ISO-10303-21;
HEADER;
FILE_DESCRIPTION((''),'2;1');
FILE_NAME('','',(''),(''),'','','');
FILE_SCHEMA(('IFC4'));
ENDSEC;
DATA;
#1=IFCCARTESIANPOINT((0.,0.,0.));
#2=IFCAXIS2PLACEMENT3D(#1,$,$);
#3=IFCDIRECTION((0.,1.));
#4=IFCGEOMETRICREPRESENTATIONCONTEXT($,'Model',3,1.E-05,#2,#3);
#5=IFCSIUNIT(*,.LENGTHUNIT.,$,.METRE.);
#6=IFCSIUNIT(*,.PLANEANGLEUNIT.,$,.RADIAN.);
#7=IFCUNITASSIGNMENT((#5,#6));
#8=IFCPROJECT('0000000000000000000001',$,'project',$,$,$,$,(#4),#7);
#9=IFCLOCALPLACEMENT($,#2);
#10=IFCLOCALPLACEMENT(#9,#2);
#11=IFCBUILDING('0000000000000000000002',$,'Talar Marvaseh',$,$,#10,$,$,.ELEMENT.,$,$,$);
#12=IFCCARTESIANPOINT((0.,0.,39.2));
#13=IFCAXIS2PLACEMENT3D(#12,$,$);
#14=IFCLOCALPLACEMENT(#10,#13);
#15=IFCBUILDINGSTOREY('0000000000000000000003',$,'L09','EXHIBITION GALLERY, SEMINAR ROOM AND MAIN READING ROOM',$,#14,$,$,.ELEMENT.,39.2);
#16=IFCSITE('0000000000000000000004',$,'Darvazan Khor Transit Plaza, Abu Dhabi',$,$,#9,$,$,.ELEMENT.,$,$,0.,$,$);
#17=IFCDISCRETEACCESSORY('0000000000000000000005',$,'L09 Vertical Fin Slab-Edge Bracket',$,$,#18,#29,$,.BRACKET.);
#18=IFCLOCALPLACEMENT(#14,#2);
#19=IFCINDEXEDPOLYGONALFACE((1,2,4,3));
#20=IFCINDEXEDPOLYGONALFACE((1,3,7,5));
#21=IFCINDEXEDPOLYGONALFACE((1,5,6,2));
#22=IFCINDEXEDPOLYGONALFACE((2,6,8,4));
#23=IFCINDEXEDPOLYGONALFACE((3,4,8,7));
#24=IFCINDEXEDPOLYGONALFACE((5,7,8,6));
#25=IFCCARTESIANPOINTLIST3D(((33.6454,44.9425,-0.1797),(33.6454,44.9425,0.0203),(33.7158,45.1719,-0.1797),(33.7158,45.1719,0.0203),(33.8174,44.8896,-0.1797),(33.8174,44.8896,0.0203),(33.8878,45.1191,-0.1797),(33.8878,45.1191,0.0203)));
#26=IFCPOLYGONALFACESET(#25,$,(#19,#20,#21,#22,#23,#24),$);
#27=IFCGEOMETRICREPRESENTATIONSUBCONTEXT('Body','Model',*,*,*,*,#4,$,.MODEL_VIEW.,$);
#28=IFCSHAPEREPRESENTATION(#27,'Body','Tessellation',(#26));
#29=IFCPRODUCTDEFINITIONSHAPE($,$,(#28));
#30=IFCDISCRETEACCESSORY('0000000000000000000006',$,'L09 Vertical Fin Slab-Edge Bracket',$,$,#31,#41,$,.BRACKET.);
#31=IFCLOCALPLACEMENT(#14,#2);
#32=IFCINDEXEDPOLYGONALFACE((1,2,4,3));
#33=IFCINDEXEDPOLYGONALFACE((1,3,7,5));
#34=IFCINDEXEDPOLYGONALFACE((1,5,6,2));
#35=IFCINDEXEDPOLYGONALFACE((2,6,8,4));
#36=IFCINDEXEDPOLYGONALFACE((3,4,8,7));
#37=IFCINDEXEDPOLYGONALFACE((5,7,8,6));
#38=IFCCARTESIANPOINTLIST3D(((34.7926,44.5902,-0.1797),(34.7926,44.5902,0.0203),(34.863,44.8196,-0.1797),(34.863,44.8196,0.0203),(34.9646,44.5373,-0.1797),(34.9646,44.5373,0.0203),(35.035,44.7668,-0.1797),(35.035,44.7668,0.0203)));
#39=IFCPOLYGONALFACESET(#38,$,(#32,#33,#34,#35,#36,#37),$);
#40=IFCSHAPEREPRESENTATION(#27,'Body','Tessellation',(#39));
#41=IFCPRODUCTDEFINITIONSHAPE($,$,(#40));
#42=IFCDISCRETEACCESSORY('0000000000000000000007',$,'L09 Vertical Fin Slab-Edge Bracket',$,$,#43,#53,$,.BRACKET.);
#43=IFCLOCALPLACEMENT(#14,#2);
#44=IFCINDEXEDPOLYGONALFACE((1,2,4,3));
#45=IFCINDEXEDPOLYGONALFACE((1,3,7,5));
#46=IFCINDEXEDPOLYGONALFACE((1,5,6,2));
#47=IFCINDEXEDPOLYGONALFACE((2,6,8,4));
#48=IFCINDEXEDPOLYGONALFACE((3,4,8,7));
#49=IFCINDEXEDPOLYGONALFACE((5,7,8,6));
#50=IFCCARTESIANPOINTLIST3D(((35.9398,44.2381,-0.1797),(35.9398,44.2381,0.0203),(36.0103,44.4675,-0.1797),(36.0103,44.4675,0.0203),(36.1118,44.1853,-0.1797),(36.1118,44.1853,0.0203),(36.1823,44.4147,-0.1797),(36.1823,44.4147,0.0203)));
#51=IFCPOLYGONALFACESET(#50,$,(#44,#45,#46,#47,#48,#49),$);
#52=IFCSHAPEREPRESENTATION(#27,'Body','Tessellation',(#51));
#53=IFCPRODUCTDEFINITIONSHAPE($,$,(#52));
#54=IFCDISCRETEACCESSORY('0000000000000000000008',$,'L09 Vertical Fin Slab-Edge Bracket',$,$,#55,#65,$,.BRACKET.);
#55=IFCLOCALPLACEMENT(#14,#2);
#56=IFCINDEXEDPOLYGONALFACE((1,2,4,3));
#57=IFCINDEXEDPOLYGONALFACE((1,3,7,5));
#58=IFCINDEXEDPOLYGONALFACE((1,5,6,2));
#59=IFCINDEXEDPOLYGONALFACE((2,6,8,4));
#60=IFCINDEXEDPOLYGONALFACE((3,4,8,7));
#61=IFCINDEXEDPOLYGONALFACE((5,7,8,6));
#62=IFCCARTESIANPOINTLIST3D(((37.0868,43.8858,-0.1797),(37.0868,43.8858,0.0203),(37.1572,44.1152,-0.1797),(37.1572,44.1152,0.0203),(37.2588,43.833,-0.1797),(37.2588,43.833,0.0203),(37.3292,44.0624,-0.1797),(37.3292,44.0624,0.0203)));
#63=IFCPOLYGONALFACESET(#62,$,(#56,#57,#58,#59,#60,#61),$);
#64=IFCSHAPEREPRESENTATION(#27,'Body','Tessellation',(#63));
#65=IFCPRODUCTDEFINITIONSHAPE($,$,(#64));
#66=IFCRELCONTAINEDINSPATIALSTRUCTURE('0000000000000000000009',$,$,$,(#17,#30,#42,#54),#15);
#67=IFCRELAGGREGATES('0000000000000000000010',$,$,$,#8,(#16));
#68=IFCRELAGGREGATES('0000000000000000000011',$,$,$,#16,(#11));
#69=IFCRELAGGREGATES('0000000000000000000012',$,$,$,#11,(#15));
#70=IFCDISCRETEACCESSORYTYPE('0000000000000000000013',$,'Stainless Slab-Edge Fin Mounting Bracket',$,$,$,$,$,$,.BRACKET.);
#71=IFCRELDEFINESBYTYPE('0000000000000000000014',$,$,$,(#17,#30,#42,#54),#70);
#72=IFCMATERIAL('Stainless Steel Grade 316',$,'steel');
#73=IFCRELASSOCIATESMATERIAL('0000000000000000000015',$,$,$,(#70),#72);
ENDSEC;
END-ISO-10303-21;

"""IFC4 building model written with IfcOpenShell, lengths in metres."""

from ifc_helpers import new_model, si_unit, direction, frame, origin, origin_2d, place, context, subcontext, project, spatial, rectangle, extrude, source, transform, mapped, material, type_object, type_shapes, element, save


model = new_model("IFC4")

# Units and contexts
model_context = context("Model", 3, precision=1e-05, world=origin(), true_north=direction((0.0, 1.0)))
body_context = subcontext(model_context, "Body", "Model", "MODEL_VIEW")
ifc_project = project(units=[si_unit("LENGTHUNIT", "METRE"), si_unit("PLANEANGLEUNIT", "RADIAN")], contexts=[model_context])

# Site, building, storey
site_placement = place(None, origin())
site = spatial("IfcSite", under=ifc_project, at=site_placement, Name="Darvazan Khor Transit Plaza, Abu Dhabi", CompositionType="ELEMENT", RefElevation=0.0)
building_placement = place(site_placement, origin())
building = spatial("IfcBuilding", under=site, at=building_placement, Name="Talar Marvaseh", CompositionType="ELEMENT")
storey_placement = place(building_placement, frame((0.0, 0.0, 39.2)))
storey = spatial("IfcBuildingStorey", under=building, at=storey_placement, Name="L09", Description="EXHIBITION GALLERY, SEMINAR ROOM AND MAIN READING ROOM", CompositionType="ELEMENT", Elevation=39.2)

# Discrete accessories
ifc_material_1 = material(Name="Stainless Steel Grade 316", Category="steel")
discrete_accessory_type = type_object("IfcDiscreteAccessoryType", Name="Stainless Slab-Edge Fin Mounting Bracket", PredefinedType="BRACKET", material=ifc_material_1)
shared_shape_1 = source(origin(), body_context, "Body", "SweptSolid", [
    extrude(rectangle(XDim=0.24, YDim=0.1799, at=origin_2d()), origin(), (0.0, 0.0, 1.0), 0.2),
])
type_shapes(discrete_accessory_type, [shared_shape_1])
for number, where, z_axis, x_axis, name in (
    (1, (33.7666, 45.0308, -0.1797), (0.0, 0.0, 1.0), (0.29354, 0.955947, 0.0), "L09 Vertical Fin Slab-Edge Bracket"),
    (2, (34.9138, 44.6785, -0.1797), (0.0, 0.0, 1.0), (0.29354, 0.955947, 0.0), "L09 Vertical Fin Slab-Edge Bracket"),
    (3, (36.061, 44.3264, -0.1797), (0.0, 0.0, 1.0), (0.29354, 0.955947, 0.0), "L09 Vertical Fin Slab-Edge Bracket"),
    (4, (37.208, 43.9741, -0.1797), (0.0, 0.0, 1.0), (0.29354, 0.955947, 0.0), "L09 Vertical Fin Slab-Edge Bracket"),
):
    element("IfcDiscreteAccessory", number, at=place(storey_placement, frame(where, z_axis=z_axis, x_axis=x_axis)), inside=storey, type_object=discrete_accessory_type, Name=name, PredefinedType="BRACKET", context=body_context, shape_type="MappedRepresentation", body=[
        mapped(shared_shape_1, transform((0.0, 0.0, 0.0), x_axis=(1.0, 0.0, 0.0), y_axis=(0.0, 1.0, 0.0), z_axis=(0.0, 0.0, 1.0), scale=1.0)),
    ])

save(model, "model.ifc")
